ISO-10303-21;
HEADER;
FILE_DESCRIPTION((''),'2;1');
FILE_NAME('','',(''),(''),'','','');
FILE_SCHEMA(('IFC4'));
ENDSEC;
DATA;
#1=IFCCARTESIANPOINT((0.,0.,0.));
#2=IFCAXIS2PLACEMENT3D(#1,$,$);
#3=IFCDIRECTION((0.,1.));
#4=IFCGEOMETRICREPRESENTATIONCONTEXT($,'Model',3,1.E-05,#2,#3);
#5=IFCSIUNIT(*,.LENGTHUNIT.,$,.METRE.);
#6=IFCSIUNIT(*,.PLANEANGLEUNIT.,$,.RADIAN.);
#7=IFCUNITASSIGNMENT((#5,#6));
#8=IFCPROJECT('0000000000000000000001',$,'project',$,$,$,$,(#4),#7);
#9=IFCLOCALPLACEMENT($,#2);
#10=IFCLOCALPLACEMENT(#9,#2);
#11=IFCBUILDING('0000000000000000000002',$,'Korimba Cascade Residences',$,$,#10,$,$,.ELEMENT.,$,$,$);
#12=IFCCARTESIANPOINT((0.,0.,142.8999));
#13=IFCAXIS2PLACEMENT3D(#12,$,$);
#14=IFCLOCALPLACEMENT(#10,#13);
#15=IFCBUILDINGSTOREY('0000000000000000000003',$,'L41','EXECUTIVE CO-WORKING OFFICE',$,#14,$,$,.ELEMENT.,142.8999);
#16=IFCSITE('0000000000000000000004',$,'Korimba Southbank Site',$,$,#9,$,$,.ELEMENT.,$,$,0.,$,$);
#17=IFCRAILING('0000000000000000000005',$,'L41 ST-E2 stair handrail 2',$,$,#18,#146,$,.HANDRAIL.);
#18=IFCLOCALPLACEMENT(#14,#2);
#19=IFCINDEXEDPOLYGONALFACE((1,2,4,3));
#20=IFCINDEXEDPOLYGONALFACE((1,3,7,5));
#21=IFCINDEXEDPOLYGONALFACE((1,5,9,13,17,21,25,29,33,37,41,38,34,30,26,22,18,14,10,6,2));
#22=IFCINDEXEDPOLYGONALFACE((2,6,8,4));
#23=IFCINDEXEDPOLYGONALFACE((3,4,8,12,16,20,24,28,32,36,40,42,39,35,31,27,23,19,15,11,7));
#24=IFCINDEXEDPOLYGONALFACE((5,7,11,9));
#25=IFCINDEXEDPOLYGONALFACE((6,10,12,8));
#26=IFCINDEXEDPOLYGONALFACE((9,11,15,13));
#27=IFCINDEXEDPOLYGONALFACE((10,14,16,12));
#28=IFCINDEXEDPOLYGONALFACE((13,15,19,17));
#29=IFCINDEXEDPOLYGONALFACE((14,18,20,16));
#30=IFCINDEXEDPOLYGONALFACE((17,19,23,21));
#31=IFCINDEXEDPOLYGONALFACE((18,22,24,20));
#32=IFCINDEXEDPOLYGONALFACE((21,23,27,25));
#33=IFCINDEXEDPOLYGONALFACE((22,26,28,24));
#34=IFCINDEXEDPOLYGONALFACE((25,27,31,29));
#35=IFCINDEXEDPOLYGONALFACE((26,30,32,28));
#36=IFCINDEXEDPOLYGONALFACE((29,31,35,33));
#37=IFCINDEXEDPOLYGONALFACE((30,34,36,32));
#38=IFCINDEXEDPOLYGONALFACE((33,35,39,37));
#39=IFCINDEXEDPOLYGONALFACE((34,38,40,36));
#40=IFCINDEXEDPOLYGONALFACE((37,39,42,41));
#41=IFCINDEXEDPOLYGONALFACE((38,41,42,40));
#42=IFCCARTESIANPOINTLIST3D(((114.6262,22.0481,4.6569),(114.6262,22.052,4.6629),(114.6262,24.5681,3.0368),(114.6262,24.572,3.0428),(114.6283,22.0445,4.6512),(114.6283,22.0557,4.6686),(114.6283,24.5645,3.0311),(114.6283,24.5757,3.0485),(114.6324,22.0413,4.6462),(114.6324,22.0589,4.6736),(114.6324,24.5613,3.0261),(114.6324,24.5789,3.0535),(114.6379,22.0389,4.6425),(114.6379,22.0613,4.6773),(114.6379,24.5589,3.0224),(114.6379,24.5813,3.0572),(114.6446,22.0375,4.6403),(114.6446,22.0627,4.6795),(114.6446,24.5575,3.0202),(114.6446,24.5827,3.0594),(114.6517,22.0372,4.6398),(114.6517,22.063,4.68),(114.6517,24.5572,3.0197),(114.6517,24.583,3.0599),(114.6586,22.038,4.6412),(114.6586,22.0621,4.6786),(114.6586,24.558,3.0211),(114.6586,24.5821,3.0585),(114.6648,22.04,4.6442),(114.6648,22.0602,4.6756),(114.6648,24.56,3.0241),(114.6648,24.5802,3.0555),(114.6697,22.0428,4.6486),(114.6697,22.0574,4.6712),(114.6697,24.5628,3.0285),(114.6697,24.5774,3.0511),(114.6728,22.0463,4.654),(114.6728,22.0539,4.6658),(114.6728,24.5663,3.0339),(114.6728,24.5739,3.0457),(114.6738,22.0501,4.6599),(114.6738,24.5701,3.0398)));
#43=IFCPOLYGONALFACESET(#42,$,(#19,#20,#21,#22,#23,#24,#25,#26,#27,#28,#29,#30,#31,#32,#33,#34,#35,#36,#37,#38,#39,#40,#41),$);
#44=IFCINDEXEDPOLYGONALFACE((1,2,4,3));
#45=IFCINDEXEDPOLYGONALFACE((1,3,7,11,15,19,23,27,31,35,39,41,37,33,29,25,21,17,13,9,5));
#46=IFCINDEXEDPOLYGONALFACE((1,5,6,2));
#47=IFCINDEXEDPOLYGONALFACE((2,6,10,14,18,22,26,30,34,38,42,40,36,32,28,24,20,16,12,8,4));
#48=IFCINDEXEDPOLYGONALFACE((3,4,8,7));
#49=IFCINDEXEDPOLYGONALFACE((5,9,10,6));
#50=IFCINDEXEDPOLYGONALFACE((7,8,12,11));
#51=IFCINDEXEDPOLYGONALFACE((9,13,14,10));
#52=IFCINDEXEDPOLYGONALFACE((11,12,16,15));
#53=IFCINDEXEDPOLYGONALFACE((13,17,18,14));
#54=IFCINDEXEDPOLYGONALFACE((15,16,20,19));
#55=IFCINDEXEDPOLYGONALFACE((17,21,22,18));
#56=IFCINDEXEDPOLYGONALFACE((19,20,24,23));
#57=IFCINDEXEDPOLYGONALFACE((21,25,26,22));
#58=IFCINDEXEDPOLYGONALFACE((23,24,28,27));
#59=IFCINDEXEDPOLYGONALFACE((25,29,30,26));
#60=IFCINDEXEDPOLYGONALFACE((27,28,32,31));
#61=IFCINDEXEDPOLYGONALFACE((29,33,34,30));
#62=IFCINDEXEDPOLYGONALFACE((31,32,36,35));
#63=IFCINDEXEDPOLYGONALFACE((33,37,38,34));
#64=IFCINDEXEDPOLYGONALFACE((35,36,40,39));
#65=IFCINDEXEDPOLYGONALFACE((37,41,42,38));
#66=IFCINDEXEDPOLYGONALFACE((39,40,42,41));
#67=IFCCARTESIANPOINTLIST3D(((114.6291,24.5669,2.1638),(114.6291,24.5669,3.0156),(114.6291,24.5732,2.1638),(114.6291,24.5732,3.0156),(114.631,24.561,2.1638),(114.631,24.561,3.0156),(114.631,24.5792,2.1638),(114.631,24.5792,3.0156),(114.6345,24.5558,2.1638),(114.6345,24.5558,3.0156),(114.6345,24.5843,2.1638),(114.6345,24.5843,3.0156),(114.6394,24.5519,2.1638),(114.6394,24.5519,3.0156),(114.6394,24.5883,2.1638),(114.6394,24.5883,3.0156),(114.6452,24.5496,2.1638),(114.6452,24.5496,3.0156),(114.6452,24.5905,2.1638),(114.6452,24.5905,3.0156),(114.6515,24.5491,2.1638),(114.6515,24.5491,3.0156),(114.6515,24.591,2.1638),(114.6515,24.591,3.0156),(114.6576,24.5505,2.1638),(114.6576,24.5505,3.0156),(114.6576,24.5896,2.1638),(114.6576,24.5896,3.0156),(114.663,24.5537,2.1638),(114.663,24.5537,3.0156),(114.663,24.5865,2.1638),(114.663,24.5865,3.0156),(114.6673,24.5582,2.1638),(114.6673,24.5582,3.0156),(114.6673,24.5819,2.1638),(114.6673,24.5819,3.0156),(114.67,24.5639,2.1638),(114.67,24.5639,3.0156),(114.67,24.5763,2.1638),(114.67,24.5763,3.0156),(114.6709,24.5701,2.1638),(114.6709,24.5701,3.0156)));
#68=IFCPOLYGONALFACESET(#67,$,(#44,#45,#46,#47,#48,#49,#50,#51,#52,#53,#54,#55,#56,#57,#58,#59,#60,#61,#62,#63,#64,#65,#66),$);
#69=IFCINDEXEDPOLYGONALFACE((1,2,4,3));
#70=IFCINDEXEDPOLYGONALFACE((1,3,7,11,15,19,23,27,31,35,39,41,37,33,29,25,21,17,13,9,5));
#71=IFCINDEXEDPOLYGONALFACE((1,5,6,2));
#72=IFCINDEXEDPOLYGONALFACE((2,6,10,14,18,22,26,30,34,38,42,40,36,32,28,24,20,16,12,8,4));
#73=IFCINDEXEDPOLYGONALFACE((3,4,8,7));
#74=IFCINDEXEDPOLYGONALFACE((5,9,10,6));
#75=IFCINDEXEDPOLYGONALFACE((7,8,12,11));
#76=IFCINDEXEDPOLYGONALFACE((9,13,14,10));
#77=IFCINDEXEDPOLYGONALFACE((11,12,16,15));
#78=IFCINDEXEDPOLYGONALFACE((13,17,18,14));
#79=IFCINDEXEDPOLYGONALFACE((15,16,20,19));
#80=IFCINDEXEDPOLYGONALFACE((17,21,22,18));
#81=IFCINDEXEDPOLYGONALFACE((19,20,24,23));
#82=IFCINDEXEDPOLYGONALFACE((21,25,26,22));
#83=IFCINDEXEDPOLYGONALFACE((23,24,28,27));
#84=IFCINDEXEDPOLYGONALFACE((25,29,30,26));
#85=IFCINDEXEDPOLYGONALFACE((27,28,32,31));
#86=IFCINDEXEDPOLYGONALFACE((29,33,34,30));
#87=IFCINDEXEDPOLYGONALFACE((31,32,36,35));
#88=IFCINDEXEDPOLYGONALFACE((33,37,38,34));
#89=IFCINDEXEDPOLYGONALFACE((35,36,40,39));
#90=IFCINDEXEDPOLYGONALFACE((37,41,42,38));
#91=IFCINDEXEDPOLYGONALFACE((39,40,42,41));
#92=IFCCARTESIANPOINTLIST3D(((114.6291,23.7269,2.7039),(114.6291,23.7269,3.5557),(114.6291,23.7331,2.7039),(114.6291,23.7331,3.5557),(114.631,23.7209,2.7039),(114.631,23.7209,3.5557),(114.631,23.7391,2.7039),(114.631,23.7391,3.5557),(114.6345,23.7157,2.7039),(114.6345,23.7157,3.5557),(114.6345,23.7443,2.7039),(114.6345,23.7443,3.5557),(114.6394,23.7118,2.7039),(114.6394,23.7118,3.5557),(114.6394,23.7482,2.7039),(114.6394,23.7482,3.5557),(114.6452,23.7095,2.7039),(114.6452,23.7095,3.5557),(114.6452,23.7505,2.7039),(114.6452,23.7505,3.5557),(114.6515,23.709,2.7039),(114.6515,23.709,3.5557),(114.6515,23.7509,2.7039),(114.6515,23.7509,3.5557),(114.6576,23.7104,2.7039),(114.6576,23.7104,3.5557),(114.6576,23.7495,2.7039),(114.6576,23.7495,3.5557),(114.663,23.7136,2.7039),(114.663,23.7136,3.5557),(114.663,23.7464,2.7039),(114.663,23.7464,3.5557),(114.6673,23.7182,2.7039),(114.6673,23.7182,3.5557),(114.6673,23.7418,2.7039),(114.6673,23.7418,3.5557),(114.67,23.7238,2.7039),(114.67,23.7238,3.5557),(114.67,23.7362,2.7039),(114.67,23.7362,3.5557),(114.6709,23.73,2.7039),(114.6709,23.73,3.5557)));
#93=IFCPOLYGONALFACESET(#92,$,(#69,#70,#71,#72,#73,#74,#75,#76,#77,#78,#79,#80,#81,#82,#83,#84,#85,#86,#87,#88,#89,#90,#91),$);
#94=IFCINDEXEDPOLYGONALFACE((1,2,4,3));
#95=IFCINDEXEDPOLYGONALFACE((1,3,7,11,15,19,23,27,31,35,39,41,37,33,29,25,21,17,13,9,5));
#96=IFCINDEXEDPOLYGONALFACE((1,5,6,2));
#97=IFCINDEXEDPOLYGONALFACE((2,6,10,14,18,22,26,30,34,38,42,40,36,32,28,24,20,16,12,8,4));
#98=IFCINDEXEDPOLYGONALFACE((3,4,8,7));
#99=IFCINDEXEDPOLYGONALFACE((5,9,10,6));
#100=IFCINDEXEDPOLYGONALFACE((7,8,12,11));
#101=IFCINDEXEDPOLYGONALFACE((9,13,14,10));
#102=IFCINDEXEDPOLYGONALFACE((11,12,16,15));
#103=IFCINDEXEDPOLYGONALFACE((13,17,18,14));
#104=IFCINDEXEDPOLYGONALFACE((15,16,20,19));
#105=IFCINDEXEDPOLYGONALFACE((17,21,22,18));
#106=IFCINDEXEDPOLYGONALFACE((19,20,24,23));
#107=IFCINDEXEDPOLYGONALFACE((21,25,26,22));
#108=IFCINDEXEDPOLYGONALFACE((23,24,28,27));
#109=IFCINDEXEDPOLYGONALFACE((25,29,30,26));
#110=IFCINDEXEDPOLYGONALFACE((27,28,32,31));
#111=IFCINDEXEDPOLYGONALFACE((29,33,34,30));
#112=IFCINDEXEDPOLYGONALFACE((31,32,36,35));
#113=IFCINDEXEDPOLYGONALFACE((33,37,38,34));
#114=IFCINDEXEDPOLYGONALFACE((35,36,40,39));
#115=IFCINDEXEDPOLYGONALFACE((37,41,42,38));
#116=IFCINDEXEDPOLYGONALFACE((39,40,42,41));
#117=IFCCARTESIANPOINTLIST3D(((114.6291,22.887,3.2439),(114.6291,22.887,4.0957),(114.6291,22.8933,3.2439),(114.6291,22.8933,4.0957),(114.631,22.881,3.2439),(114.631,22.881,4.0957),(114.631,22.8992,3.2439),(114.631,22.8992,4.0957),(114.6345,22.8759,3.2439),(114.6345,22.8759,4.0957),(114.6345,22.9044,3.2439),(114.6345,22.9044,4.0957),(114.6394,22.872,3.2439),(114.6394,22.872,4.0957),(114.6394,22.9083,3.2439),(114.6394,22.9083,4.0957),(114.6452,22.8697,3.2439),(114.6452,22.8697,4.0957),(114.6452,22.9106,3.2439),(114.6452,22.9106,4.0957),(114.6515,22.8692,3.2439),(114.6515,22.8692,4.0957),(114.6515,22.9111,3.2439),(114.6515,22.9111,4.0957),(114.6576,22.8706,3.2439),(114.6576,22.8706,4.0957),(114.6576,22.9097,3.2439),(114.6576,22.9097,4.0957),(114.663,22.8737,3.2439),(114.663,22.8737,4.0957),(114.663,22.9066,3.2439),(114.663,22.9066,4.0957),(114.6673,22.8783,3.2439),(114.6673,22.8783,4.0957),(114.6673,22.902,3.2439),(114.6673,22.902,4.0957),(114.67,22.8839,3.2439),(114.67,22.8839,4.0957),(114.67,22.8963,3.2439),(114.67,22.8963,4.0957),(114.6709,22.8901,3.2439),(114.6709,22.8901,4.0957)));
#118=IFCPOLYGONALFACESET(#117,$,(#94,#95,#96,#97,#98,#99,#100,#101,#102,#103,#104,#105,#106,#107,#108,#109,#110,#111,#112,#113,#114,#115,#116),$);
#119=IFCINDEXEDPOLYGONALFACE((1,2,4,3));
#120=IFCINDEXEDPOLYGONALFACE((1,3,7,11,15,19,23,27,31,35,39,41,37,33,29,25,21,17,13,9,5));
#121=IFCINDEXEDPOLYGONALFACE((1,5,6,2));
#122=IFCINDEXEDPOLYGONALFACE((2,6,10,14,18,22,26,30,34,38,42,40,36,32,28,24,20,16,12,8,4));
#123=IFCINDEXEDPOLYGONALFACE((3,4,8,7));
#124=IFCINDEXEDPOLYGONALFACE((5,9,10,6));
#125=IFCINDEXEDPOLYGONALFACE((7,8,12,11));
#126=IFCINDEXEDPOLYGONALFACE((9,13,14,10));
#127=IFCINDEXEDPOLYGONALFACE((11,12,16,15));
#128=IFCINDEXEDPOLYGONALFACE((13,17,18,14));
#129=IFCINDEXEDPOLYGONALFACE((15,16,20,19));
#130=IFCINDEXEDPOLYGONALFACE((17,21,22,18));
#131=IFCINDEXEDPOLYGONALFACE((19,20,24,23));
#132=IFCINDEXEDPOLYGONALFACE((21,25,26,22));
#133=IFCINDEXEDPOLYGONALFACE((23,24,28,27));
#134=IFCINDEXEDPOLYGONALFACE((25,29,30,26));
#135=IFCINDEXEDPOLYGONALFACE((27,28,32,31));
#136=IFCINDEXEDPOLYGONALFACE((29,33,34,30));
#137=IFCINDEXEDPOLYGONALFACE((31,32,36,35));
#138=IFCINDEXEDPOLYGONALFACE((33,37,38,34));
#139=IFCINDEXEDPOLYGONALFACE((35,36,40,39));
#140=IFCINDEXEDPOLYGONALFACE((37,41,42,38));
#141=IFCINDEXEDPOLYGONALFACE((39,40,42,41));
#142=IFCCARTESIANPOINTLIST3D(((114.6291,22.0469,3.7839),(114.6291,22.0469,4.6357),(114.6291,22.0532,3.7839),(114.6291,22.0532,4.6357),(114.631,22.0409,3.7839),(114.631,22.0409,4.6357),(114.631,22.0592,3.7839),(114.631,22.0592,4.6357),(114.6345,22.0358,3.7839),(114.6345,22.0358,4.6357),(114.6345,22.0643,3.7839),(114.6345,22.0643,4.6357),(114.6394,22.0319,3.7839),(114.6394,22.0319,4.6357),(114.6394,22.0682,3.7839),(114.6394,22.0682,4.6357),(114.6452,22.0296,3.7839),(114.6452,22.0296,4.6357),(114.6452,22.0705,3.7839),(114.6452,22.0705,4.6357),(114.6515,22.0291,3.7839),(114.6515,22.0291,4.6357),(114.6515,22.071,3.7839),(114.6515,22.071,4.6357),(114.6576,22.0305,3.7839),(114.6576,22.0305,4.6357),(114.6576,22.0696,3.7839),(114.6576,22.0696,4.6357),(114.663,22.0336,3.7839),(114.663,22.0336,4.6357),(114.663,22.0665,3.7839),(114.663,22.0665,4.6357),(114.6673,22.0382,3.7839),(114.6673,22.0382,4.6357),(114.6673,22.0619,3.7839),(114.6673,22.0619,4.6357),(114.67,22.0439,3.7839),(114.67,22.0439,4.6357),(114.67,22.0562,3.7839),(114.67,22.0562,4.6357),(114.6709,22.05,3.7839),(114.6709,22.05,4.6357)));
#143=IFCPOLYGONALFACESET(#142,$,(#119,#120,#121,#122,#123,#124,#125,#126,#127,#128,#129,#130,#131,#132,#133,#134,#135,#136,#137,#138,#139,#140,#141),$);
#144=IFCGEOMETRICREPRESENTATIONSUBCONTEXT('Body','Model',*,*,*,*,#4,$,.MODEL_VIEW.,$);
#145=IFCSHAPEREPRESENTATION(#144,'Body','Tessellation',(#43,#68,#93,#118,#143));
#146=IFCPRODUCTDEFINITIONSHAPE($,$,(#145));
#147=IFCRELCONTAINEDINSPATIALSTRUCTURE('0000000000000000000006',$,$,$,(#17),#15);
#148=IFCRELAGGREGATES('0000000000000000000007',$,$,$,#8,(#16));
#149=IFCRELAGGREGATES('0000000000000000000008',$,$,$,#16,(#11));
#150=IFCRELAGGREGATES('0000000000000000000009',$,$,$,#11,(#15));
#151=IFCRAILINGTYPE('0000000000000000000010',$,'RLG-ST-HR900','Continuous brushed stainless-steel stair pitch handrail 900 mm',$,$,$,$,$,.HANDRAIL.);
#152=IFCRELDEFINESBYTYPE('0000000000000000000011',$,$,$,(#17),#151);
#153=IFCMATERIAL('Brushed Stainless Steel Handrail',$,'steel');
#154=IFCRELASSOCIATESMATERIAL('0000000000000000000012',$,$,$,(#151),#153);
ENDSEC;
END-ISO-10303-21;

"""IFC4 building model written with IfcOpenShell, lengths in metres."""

from ifc_helpers import new_model, si_unit, direction, frame, origin, origin_2d, place, context, subcontext, project, spatial, circle, extrude, material, type_object, element, save


model = new_model("IFC4")

# Units and contexts
model_context = context("Model", 3, precision=1e-05, world=origin(), true_north=direction((0.0, 1.0)))
body_context = subcontext(model_context, "Body", "Model", "MODEL_VIEW")
ifc_project = project(units=[si_unit("LENGTHUNIT", "METRE"), si_unit("PLANEANGLEUNIT", "RADIAN")], contexts=[model_context])

# Site, building, storey
site_placement = place(None, origin())
site = spatial("IfcSite", under=ifc_project, at=site_placement, Name="Korimba Southbank Site", CompositionType="ELEMENT", RefElevation=0.0)
building_placement = place(site_placement, origin())
building = spatial("IfcBuilding", under=site, at=building_placement, Name="Korimba Cascade Residences", CompositionType="ELEMENT")
storey_placement = place(building_placement, frame((0.0, 0.0, 142.8999)))
storey = spatial("IfcBuildingStorey", under=building, at=storey_placement, Name="L41", Description="EXECUTIVE CO-WORKING OFFICE", CompositionType="ELEMENT", Elevation=142.8999)

# Railing
ifc_material_1 = material(Name="Brushed Stainless Steel Handrail", Category="steel")
railing_type_1 = type_object("IfcRailingType", Name="RLG-ST-HR900", Description="Continuous brushed stainless-steel stair pitch handrail 900 mm", PredefinedType="HANDRAIL", material=ifc_material_1)
railing_1_placement = place(storey_placement, frame((114.6499, 24.5701, 2.1638)))
element("IfcRailing", 1, at=railing_1_placement, inside=storey, type_object=railing_type_1, Name="L41 ST-E2 stair handrail 2", PredefinedType="HANDRAIL", context=body_context, shape_type="SweptSolid", body=[
    extrude(circle(Radius=0.0239, at=origin_2d()), frame((0.0, 0.0, 0.876), z_axis=(0.0, -0.841163, 0.540782), x_axis=(1.0, 0.0, 0.0)), (0.0, 0.0, 1.0), 2.9958),
    extrude(circle(Radius=0.021, at=origin_2d()), origin(), (0.0, 0.0, 1.0), 0.8518),
    extrude(circle(Radius=0.021, at=origin_2d()), frame((0.0, -0.8401, 0.54)), (0.0, 0.0, 1.0), 0.8518),
    extrude(circle(Radius=0.021, at=origin_2d()), frame((0.0, -1.6799, 1.0801)), (0.0, 0.0, 1.0), 0.8518),
    extrude(circle(Radius=0.021, at=origin_2d()), frame((0.0, -2.52, 1.6201)), (0.0, 0.0, 1.0), 0.8518),
])

save(model, "model.ifc")
